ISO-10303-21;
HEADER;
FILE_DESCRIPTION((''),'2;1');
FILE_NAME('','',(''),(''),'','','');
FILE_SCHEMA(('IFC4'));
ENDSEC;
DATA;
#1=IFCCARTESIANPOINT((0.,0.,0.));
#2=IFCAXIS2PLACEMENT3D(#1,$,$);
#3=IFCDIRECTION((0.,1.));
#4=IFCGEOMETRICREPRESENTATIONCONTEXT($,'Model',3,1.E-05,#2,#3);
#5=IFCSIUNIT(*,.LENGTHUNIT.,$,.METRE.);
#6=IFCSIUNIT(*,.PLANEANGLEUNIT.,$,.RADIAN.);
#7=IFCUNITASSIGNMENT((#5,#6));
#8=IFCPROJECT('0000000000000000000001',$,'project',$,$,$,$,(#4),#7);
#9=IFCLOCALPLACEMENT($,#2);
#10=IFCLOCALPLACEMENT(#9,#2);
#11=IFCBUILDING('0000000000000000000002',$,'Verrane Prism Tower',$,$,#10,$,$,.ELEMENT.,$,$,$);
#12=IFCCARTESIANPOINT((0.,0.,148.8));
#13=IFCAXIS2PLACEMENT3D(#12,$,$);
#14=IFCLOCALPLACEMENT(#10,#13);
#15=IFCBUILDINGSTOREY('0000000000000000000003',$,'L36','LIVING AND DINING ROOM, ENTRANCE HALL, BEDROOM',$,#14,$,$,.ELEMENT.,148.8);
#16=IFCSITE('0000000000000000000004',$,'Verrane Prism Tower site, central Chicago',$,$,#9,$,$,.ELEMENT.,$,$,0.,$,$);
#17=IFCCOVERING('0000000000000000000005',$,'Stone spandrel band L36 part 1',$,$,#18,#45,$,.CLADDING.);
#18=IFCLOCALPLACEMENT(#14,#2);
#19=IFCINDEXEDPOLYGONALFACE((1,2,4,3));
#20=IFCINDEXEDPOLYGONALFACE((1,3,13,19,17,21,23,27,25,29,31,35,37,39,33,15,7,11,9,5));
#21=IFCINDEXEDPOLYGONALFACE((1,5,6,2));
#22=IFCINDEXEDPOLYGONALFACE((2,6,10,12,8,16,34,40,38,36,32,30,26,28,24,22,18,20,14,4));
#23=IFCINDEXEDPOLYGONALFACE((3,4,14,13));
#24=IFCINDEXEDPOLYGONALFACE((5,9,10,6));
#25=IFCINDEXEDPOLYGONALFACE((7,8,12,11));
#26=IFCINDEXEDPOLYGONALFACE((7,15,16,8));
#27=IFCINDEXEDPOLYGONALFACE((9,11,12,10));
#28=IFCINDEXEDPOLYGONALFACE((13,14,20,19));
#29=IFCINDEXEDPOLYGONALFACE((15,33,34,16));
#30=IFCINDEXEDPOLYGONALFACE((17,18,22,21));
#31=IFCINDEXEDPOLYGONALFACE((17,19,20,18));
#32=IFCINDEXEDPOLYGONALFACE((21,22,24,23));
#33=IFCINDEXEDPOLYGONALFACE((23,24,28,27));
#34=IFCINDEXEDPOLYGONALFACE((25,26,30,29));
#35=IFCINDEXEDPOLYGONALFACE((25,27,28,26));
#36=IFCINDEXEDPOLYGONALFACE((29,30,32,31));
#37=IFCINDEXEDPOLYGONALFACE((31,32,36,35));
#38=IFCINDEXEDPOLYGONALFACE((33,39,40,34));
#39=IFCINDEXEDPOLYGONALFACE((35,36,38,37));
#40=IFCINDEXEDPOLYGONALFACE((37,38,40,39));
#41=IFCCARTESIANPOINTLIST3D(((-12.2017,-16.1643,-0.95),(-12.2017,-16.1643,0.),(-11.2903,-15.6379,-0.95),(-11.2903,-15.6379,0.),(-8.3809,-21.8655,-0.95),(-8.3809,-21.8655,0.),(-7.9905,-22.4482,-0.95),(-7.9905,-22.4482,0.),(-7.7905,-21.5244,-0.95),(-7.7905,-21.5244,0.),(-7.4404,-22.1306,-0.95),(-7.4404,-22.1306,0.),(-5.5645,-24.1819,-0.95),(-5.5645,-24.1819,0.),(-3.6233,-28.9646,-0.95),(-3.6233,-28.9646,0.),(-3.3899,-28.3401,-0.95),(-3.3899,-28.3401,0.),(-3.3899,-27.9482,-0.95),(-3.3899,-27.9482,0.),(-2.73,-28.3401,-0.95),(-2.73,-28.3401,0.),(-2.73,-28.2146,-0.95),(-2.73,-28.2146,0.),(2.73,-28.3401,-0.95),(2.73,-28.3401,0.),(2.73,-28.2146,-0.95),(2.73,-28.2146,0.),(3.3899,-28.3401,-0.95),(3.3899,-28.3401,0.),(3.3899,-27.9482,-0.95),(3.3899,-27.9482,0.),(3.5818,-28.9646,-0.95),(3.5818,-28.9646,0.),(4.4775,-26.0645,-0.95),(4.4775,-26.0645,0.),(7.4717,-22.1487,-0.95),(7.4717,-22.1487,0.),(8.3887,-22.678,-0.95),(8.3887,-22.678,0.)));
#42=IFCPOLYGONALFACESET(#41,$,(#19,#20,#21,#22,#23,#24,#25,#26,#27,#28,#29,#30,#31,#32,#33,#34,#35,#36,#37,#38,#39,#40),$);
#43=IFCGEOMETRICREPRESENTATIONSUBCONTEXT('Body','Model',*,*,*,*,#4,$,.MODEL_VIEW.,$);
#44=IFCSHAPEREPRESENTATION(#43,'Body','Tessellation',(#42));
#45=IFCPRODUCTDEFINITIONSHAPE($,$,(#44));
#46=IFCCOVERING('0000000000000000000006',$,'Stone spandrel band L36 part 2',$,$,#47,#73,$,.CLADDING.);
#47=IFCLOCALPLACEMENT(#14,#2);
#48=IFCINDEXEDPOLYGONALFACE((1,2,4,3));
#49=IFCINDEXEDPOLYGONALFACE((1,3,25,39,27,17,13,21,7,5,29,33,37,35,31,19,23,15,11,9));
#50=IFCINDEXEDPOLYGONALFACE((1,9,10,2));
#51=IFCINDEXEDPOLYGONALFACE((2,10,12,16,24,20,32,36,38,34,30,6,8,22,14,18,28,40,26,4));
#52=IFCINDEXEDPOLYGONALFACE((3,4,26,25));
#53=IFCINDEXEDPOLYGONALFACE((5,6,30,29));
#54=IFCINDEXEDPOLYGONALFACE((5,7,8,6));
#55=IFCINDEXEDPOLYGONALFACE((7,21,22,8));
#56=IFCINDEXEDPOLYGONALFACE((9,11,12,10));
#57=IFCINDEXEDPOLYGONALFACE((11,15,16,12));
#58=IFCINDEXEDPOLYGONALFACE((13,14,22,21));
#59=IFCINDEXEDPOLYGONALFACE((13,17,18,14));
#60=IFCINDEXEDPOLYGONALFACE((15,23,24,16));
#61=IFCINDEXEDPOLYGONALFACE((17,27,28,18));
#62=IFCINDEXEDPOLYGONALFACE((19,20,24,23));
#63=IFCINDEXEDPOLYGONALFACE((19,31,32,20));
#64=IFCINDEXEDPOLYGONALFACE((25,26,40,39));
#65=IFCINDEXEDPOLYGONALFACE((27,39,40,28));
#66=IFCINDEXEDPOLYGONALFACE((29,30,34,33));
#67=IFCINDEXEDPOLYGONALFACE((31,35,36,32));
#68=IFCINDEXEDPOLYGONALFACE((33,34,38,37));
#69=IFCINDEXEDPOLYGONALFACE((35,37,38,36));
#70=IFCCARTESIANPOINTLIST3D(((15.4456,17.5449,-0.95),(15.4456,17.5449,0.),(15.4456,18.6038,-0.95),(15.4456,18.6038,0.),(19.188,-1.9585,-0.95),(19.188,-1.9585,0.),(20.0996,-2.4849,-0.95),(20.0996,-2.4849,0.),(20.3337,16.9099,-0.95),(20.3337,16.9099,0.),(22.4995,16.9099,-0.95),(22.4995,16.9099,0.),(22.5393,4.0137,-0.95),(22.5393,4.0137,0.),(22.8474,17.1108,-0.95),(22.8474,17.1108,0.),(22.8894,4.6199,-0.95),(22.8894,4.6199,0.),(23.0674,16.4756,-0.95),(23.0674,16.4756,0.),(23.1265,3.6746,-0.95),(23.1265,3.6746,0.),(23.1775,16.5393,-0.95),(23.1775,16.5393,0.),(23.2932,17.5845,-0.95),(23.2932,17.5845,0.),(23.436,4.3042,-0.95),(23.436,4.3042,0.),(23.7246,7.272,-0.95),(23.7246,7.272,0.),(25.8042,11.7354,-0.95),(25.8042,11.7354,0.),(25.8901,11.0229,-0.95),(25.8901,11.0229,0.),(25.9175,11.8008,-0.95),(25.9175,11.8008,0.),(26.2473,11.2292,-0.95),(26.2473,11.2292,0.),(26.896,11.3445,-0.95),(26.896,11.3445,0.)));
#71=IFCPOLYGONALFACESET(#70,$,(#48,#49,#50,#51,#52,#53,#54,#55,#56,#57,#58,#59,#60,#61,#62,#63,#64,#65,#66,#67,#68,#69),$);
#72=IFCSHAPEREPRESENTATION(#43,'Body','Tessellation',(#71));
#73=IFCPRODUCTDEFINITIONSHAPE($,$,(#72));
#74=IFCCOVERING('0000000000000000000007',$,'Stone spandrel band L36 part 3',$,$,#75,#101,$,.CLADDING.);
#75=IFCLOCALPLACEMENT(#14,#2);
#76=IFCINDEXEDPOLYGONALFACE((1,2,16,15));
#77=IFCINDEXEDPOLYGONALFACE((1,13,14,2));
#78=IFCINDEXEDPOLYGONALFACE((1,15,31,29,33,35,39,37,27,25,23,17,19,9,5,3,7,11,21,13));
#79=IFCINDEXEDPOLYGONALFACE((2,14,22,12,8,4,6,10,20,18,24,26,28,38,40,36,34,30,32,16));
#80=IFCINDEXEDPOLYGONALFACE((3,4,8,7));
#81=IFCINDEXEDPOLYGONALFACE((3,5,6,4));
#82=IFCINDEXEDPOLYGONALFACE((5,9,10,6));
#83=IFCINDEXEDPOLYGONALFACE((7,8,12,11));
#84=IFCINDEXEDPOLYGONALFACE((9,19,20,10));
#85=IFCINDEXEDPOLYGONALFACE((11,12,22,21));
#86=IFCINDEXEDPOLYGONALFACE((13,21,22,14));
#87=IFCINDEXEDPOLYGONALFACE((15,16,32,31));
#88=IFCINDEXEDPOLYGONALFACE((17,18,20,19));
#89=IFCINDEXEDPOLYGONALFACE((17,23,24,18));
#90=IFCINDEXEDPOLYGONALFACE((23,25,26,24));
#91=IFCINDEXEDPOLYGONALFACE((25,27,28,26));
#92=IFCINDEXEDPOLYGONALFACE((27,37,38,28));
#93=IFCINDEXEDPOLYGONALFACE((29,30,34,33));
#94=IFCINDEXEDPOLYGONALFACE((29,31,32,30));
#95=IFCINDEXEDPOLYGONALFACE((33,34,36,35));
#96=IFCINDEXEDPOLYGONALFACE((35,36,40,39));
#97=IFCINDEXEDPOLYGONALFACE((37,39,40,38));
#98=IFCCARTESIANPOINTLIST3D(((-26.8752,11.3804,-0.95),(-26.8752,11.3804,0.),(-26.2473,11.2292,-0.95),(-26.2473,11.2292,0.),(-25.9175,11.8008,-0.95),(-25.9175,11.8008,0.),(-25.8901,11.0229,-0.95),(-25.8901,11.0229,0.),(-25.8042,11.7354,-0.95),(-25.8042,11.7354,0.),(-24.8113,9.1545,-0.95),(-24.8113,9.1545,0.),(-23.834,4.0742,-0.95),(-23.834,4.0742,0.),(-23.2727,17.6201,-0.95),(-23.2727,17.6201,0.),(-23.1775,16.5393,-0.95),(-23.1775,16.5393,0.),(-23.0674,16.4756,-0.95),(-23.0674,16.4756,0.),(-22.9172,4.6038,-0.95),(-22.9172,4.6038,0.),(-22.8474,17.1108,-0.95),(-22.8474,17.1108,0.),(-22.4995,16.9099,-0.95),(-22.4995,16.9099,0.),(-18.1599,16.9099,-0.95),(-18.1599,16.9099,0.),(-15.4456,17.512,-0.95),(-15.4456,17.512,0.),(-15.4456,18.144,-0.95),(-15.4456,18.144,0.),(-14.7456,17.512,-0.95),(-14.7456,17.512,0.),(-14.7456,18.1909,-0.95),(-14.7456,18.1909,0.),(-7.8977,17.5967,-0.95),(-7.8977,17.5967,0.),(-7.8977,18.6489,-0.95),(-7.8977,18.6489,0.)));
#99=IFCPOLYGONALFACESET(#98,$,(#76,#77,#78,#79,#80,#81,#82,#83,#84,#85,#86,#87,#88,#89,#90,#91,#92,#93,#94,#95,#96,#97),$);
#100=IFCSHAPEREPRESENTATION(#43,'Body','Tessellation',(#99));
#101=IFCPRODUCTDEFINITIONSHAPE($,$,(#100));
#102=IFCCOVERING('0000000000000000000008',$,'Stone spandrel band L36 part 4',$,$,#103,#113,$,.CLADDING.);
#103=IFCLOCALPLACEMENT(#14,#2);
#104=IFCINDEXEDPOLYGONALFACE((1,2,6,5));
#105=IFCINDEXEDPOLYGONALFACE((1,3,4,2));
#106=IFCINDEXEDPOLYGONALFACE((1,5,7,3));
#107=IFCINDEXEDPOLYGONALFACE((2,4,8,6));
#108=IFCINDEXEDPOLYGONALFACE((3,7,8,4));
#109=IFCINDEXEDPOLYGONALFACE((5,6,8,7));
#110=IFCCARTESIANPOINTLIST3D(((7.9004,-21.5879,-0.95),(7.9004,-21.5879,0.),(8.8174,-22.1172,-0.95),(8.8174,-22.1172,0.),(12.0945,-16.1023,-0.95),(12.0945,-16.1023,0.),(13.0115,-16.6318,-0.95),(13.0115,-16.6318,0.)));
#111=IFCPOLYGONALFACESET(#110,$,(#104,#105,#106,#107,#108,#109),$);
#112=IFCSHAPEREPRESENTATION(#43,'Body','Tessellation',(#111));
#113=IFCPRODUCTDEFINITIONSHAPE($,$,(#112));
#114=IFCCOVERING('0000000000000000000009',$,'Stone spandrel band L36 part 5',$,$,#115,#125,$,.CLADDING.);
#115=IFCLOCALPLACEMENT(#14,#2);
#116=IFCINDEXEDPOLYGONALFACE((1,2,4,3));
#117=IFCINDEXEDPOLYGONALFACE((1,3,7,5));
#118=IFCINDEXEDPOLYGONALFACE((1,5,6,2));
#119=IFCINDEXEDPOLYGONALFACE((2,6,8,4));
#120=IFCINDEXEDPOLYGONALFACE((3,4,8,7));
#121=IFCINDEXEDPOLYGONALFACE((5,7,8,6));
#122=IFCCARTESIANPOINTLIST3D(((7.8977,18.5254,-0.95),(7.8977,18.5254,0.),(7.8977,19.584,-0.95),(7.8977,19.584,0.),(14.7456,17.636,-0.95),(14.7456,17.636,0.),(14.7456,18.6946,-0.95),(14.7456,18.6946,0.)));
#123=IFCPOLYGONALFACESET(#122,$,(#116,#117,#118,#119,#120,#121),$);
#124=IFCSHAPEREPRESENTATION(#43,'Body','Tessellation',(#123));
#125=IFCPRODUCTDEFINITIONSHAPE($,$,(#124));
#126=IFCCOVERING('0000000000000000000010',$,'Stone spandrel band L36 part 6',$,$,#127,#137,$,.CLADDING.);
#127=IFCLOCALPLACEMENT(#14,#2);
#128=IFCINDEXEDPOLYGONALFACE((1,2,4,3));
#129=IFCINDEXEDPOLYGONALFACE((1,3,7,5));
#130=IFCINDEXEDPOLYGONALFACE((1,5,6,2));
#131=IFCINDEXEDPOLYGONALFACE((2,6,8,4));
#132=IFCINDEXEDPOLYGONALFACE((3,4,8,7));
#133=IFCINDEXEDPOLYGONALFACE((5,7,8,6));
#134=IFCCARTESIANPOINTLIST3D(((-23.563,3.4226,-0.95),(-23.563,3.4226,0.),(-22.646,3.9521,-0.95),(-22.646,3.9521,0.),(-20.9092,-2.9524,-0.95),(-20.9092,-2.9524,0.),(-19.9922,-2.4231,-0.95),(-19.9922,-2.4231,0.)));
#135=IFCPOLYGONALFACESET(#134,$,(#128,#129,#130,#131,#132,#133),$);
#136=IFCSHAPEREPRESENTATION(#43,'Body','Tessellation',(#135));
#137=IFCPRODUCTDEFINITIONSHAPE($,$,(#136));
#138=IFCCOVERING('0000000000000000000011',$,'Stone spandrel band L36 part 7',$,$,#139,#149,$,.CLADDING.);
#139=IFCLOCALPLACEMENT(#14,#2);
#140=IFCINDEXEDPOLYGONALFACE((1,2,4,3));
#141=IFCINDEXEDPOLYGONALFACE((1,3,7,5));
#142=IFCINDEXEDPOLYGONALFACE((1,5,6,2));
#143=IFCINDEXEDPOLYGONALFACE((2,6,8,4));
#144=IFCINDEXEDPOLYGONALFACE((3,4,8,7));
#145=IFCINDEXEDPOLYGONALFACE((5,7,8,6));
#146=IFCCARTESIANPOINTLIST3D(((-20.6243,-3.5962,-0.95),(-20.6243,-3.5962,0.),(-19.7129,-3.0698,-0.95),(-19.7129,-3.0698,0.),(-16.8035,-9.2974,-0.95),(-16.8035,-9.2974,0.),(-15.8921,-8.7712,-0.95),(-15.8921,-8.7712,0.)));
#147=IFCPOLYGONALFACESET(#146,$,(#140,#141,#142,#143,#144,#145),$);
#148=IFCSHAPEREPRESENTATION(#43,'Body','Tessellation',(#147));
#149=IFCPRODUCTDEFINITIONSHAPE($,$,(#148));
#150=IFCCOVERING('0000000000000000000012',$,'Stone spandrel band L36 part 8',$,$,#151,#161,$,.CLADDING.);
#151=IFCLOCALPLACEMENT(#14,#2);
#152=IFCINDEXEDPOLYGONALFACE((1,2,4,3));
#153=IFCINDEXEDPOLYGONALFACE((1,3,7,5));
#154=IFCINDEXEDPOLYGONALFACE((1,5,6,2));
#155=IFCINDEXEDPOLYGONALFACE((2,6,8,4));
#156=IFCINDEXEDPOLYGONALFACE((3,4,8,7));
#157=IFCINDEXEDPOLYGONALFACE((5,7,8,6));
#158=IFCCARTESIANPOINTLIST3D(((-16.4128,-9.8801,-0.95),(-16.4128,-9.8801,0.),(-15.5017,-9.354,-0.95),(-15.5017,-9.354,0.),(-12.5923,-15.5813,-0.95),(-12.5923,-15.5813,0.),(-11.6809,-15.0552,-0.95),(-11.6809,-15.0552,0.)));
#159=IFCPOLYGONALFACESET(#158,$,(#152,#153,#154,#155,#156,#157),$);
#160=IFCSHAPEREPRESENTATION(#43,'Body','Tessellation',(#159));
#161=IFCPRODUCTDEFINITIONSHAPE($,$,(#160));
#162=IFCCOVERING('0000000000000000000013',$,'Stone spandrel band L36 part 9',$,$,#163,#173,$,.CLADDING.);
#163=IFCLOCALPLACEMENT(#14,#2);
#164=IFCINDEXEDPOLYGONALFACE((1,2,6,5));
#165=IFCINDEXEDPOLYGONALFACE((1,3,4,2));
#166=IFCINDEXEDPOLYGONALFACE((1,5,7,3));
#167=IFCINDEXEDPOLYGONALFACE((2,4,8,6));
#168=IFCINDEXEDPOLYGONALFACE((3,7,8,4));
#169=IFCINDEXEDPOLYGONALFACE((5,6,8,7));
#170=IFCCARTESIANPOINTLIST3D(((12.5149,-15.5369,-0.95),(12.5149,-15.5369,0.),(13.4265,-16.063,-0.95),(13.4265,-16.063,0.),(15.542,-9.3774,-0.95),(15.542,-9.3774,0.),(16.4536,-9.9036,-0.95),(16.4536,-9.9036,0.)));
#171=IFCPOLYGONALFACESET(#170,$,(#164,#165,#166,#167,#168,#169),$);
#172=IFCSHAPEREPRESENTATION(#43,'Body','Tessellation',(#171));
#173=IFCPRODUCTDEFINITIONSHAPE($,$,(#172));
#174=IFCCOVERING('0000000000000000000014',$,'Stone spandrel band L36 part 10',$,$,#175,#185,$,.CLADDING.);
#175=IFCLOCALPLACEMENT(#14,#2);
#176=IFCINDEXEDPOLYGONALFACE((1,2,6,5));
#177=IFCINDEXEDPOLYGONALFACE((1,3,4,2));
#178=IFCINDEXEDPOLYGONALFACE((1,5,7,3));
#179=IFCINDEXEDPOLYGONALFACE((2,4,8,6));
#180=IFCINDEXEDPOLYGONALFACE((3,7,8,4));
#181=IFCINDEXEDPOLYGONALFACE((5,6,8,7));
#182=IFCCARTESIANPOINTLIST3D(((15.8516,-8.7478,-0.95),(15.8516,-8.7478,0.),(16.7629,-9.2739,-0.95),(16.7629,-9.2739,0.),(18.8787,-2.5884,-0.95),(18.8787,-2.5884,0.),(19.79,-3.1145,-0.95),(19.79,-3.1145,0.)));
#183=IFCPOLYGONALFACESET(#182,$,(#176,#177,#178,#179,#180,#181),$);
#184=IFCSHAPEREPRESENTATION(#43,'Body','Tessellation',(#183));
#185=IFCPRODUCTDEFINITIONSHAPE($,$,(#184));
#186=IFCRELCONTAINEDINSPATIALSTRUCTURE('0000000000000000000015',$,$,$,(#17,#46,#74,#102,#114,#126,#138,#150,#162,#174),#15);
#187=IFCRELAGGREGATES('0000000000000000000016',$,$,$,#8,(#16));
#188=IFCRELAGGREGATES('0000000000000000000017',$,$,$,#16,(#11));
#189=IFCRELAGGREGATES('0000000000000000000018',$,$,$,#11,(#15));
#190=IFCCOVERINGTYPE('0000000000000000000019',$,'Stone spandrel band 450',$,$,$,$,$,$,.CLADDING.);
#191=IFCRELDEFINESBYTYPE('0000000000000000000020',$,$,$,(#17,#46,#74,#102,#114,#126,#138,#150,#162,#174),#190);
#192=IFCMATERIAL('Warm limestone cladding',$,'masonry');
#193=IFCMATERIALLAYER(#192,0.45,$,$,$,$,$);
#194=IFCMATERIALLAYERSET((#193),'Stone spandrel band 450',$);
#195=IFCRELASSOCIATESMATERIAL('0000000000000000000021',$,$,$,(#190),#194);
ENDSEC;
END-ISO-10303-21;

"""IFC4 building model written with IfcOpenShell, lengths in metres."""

from ifc_helpers import new_model, si_unit, direction, frame, origin, place, context, subcontext, project, spatial, polyline, outline, extrude, material, layer, layer_set, type_object, element, save


model = new_model("IFC4")

# Units and contexts
model_context = context("Model", 3, precision=1e-05, world=origin(), true_north=direction((0.0, 1.0)))
body_context = subcontext(model_context, "Body", "Model", "MODEL_VIEW")
ifc_project = project(units=[si_unit("LENGTHUNIT", "METRE"), si_unit("PLANEANGLEUNIT", "RADIAN")], contexts=[model_context])

# Site, building, storey
site_placement = place(None, origin())
site = spatial("IfcSite", under=ifc_project, at=site_placement, Name="Verrane Prism Tower site, central Chicago", CompositionType="ELEMENT", RefElevation=0.0)
building_placement = place(site_placement, origin())
building = spatial("IfcBuilding", under=site, at=building_placement, Name="Verrane Prism Tower", CompositionType="ELEMENT")
storey_placement = place(building_placement, frame((0.0, 0.0, 148.8)))
storey = spatial("IfcBuildingStorey", under=building, at=storey_placement, Name="L36", Description="LIVING AND DINING ROOM, ENTRANCE HALL, BEDROOM", CompositionType="ELEMENT", Elevation=148.8)

# Coverings
ifc_material_1 = material(Name="Warm limestone cladding", Category="masonry")
ifc_layer = layer(ifc_material_1, 0.45)
ifc_layer_set = layer_set([ifc_layer], Name="Stone spandrel band 450")
covering_type_1 = type_object("IfcCoveringType", Name="Stone spandrel band 450", PredefinedType="CLADDING", material=ifc_layer_set)
covering_1_placement = place(storey_placement, frame((0.0, 0.0, -0.95)))
element("IfcCovering", 1, at=covering_1_placement, inside=storey, type_object=covering_type_1, Name="Stone spandrel band L36 part 1", PredefinedType="CLADDING", context=body_context, shape_type="SweptSolid", body=[
    extrude(outline(polyline([(3.5818, -28.9646), (8.3887, -22.678), (7.4717, -22.1487), (4.4775, -26.0645), (3.3899, -27.9482), (3.3899, -28.3401), (2.73, -28.3401), (2.73, -28.2146), (-2.73, -28.2146), (-2.73, -28.3401), (-3.3899, -28.3401), (-3.3899, -27.9482), (-5.5645, -24.1819), (-11.2903, -15.6379), (-12.2017, -16.1643), (-8.3809, -21.8655), (-7.7905, -21.5244), (-7.4404, -22.1306), (-7.9905, -22.4482), (-3.6233, -28.9646), (3.5818, -28.9646)])), origin(), (0.0, 0.0, 1.0), 0.95),
])
covering_2_placement = place(storey_placement, frame((0.0, 0.0, -0.95)))
element("IfcCovering", 2, at=covering_2_placement, inside=storey, type_object=covering_type_1, Name="Stone spandrel band L36 part 2", PredefinedType="CLADDING", context=body_context, shape_type="SweptSolid", body=[
    extrude(outline(polyline([(15.4456, 17.5449), (20.3337, 16.9099), (22.4995, 16.9099), (22.8474, 17.1108), (23.1775, 16.5393), (23.0674, 16.4756), (25.8042, 11.7354), (25.9175, 11.8008), (26.2473, 11.2292), (25.8901, 11.0229), (23.7246, 7.272), (19.188, -1.9585), (20.0996, -2.4849), (23.1265, 3.6746), (22.5393, 4.0137), (22.8894, 4.6199), (23.436, 4.3042), (26.896, 11.3445), (23.2932, 17.5845), (15.4456, 18.6038), (15.4456, 17.5449)])), origin(), (0.0, 0.0, 1.0), 0.95),
])
covering_3_placement = place(storey_placement, frame((0.0, 0.0, -0.95)))
element("IfcCovering", 3, at=covering_3_placement, inside=storey, type_object=covering_type_1, Name="Stone spandrel band L36 part 3", PredefinedType="CLADDING", context=body_context, shape_type="SweptSolid", body=[
    extrude(outline(polyline([(-22.9172, 4.6038), (-24.8113, 9.1545), (-25.8901, 11.0229), (-26.2473, 11.2292), (-25.9175, 11.8008), (-25.8042, 11.7354), (-23.0674, 16.4756), (-23.1775, 16.5393), (-22.8474, 17.1108), (-22.4995, 16.9099), (-18.1599, 16.9099), (-7.8977, 17.5967), (-7.8977, 18.6489), (-14.7456, 18.1909), (-14.7456, 17.512), (-15.4456, 17.512), (-15.4456, 18.144), (-23.2727, 17.6201), (-26.8752, 11.3804), (-23.834, 4.0742), (-22.9172, 4.6038)])), origin(), (0.0, 0.0, 1.0), 0.95),
])
covering_4_placement = place(storey_placement, frame((0.0, 0.0, -0.95)))
element("IfcCovering", 4, at=covering_4_placement, inside=storey, type_object=covering_type_1, Name="Stone spandrel band L36 part 4", PredefinedType="CLADDING", context=body_context, shape_type="SweptSolid", body=[
    extrude(outline(polyline([(12.0945, -16.1023), (7.9004, -21.5879), (8.8174, -22.1172), (13.0115, -16.6318), (12.0945, -16.1023)])), origin(), (0.0, 0.0, 1.0), 0.95),
])
covering_5_placement = place(storey_placement, frame((0.0, 0.0, -0.95)))
element("IfcCovering", 5, at=covering_5_placement, inside=storey, type_object=covering_type_1, Name="Stone spandrel band L36 part 5", PredefinedType="CLADDING", context=body_context, shape_type="SweptSolid", body=[
    extrude(outline(polyline([(7.8977, 18.5254), (14.7456, 17.636), (14.7456, 18.6946), (7.8977, 19.584), (7.8977, 18.5254)])), origin(), (0.0, 0.0, 1.0), 0.95),
])
covering_6_placement = place(storey_placement, frame((0.0, 0.0, -0.95)))
element("IfcCovering", 6, at=covering_6_placement, inside=storey, type_object=covering_type_1, Name="Stone spandrel band L36 part 6", PredefinedType="CLADDING", context=body_context, shape_type="SweptSolid", body=[
    extrude(outline(polyline([(-20.9092, -2.9524), (-19.9922, -2.4231), (-22.646, 3.9521), (-23.563, 3.4226), (-20.9092, -2.9524)])), origin(), (0.0, 0.0, 1.0), 0.95),
])
covering_7_placement = place(storey_placement, frame((0.0, 0.0, -0.95)))
element("IfcCovering", 7, at=covering_7_placement, inside=storey, type_object=covering_type_1, Name="Stone spandrel band L36 part 7", PredefinedType="CLADDING", context=body_context, shape_type="SweptSolid", body=[
    extrude(outline(polyline([(-16.8035, -9.2974), (-15.8921, -8.7712), (-19.7129, -3.0698), (-20.6243, -3.5962), (-16.8035, -9.2974)])), origin(), (0.0, 0.0, 1.0), 0.95),
])
covering_8_placement = place(storey_placement, frame((0.0, 0.0, -0.95)))
element("IfcCovering", 8, at=covering_8_placement, inside=storey, type_object=covering_type_1, Name="Stone spandrel band L36 part 8", PredefinedType="CLADDING", context=body_context, shape_type="SweptSolid", body=[
    extrude(outline(polyline([(-11.6809, -15.0552), (-15.5017, -9.354), (-16.4128, -9.8801), (-12.5923, -15.5813), (-11.6809, -15.0552)])), origin(), (0.0, 0.0, 1.0), 0.95),
])
covering_9_placement = place(storey_placement, frame((0.0, 0.0, -0.95)))
element("IfcCovering", 9, at=covering_9_placement, inside=storey, type_object=covering_type_1, Name="Stone spandrel band L36 part 9", PredefinedType="CLADDING", context=body_context, shape_type="SweptSolid", body=[
    extrude(outline(polyline([(16.4536, -9.9036), (15.542, -9.3774), (12.5149, -15.5369), (13.4265, -16.063), (16.4536, -9.9036)])), origin(), (0.0, 0.0, 1.0), 0.95),
])
covering_10_placement = place(storey_placement, frame((0.0, 0.0, -0.95)))
element("IfcCovering", 10, at=covering_10_placement, inside=storey, type_object=covering_type_1, Name="Stone spandrel band L36 part 10", PredefinedType="CLADDING", context=body_context, shape_type="SweptSolid", body=[
    extrude(outline(polyline([(18.8787, -2.5884), (15.8516, -8.7478), (16.7629, -9.2739), (19.79, -3.1145), (18.8787, -2.5884)])), origin(), (0.0, 0.0, 1.0), 0.95),
])

save(model, "model.ifc")
